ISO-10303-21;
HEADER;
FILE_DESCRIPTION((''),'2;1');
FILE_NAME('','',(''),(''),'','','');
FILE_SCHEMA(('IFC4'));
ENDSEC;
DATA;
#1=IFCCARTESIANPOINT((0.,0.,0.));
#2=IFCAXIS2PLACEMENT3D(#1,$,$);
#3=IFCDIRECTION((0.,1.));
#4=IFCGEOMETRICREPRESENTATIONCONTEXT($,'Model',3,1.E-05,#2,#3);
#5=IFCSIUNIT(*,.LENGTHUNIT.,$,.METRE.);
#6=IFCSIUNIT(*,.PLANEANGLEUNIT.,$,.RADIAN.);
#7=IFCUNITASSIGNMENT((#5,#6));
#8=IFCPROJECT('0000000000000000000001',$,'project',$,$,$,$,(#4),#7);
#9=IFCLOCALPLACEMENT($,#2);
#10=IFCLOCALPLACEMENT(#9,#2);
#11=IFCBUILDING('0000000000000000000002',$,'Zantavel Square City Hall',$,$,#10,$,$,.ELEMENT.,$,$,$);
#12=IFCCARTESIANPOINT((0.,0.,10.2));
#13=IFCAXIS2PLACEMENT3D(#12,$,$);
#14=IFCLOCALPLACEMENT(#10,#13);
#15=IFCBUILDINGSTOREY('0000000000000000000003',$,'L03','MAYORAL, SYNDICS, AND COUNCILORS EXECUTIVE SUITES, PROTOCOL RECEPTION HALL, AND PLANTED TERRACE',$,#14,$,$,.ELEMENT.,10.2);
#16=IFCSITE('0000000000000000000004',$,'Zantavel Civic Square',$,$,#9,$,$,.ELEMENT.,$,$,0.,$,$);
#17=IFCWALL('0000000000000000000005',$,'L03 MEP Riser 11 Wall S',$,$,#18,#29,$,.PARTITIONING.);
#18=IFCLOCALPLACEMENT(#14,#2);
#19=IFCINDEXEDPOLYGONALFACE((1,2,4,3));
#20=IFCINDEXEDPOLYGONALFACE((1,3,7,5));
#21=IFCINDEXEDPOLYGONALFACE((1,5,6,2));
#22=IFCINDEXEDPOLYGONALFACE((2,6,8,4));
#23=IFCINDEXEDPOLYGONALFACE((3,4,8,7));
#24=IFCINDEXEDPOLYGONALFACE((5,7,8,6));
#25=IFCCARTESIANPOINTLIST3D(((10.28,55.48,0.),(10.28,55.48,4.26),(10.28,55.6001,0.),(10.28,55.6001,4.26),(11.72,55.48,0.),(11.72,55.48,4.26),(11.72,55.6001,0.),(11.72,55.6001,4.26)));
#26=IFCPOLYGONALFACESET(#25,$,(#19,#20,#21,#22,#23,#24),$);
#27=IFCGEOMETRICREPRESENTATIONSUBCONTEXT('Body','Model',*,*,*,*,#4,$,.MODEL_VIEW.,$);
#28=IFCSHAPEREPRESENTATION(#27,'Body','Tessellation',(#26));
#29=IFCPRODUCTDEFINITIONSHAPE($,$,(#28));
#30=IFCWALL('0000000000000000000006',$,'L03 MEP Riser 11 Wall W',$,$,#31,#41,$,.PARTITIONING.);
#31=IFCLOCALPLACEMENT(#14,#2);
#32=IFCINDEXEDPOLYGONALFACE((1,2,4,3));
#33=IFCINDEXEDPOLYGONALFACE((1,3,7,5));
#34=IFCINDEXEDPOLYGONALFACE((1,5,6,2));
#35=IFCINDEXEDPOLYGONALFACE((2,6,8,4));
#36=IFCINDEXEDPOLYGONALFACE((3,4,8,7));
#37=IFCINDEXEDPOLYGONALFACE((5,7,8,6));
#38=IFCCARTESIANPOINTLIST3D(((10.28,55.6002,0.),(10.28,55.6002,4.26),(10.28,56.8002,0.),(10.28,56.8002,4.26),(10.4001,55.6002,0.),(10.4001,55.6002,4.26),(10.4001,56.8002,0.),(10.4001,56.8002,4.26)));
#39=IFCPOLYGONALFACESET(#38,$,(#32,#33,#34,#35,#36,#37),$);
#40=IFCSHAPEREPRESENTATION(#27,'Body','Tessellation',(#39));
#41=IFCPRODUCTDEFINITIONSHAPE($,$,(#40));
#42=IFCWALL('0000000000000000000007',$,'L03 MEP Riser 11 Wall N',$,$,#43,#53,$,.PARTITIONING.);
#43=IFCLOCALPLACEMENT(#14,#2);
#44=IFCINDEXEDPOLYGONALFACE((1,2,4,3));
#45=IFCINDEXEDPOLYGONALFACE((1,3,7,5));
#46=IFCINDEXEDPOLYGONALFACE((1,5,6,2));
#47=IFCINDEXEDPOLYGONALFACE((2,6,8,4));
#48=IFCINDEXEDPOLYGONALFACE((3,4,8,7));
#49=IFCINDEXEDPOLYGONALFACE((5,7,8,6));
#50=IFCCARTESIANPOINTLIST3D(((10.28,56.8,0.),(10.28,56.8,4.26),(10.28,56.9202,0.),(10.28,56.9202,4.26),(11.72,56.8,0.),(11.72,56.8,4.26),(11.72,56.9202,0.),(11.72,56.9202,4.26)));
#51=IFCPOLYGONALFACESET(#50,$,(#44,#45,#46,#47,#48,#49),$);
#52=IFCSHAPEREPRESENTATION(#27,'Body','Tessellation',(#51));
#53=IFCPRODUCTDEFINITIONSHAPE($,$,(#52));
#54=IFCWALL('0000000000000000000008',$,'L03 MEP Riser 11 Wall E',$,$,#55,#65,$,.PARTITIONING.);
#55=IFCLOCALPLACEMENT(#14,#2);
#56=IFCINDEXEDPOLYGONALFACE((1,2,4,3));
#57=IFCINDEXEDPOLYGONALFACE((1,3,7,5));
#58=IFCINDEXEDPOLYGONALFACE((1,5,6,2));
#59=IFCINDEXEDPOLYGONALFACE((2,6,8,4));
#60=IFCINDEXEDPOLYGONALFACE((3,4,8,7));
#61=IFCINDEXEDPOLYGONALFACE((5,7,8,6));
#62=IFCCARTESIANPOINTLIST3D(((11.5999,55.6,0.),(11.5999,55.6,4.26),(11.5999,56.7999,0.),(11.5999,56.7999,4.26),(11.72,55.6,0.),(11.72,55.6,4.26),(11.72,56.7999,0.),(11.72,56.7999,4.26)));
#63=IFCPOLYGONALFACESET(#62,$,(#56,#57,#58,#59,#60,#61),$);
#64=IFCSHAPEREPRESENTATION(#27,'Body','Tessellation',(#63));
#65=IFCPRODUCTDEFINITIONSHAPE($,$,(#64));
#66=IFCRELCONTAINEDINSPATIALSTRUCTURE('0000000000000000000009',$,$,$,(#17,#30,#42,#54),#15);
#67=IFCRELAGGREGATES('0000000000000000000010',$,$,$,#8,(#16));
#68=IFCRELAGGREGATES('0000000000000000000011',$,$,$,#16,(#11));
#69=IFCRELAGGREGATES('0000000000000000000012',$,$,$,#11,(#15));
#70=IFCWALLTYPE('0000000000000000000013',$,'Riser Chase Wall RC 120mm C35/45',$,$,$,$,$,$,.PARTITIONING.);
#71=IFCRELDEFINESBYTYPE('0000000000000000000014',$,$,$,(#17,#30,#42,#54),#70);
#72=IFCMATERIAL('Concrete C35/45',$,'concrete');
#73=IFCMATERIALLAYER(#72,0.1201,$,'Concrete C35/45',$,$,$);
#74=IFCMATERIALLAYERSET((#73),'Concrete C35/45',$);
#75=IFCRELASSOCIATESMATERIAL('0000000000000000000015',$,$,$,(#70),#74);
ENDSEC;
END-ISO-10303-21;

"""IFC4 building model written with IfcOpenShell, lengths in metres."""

from ifc_helpers import new_model, si_unit, direction, frame, frame_2d, origin, place, context, subcontext, project, spatial, rectangle, extrude, material, layer, layer_set, type_object, element, save


model = new_model("IFC4")

# Units and contexts
model_context = context("Model", 3, precision=1e-05, world=origin(), true_north=direction((0.0, 1.0)))
body_context = subcontext(model_context, "Body", "Model", "MODEL_VIEW")
ifc_project = project(units=[si_unit("LENGTHUNIT", "METRE"), si_unit("PLANEANGLEUNIT", "RADIAN")], contexts=[model_context])

# Site, building, storey
site_placement = place(None, origin())
site = spatial("IfcSite", under=ifc_project, at=site_placement, Name="Zantavel Civic Square", CompositionType="ELEMENT", RefElevation=0.0)
building_placement = place(site_placement, origin())
building = spatial("IfcBuilding", under=site, at=building_placement, Name="Zantavel Square City Hall", CompositionType="ELEMENT")
storey_placement = place(building_placement, frame((0.0, 0.0, 10.2)))
storey = spatial("IfcBuildingStorey", under=building, at=storey_placement, Name="L03", Description="MAYORAL, SYNDICS, AND COUNCILORS EXECUTIVE SUITES, PROTOCOL RECEPTION HALL, AND PLANTED TERRACE", CompositionType="ELEMENT", Elevation=10.2)

# Walls
ifc_material_1 = material(Name="Concrete C35/45", Category="concrete")
ifc_layer_1 = layer(ifc_material_1, 0.1201, Name="Concrete C35/45")
ifc_layer_set_1 = layer_set([ifc_layer_1], Name="Concrete C35/45")
wall_type_1 = type_object("IfcWallType", Name="Riser Chase Wall RC 120mm C35/45", PredefinedType="PARTITIONING", material=ifc_layer_set_1)
wall_1_placement = place(storey_placement, frame((11.72, 55.54, 0.0), z_axis=(0.0, 0.0, 1.0), x_axis=(-1.0, 0.0, 0.0)))
element("IfcWall", 1, at=wall_1_placement, inside=storey, type_object=wall_type_1, Name="L03 MEP Riser 11 Wall S", PredefinedType="PARTITIONING", context=body_context, shape_type="SweptSolid", body=[
    extrude(rectangle(XDim=1.4399, YDim=0.1201, at=frame_2d((0.72, 0.0))), origin(), (0.0, 0.0, 1.0), 4.26),
])
wall_2_placement = place(storey_placement, frame((10.3401, 55.6001, 0.0), z_axis=(0.0, 0.0, 1.0), x_axis=(0.0, 1.0, 0.0)))
element("IfcWall", 2, at=wall_2_placement, inside=storey, type_object=wall_type_1, Name="L03 MEP Riser 11 Wall W", PredefinedType="PARTITIONING", context=body_context, shape_type="SweptSolid", body=[
    extrude(rectangle(XDim=1.2, YDim=0.1201, at=frame_2d((0.6001, 0.0))), origin(), (0.0, 0.0, 1.0), 4.26),
])
wall_3_placement = place(storey_placement, frame((10.28, 56.8601, 0.0), z_axis=(0.0, 0.0, 1.0), x_axis=(1.0, 0.0, 0.0)))
element("IfcWall", 3, at=wall_3_placement, inside=storey, type_object=wall_type_1, Name="L03 MEP Riser 11 Wall N", PredefinedType="PARTITIONING", context=body_context, shape_type="SweptSolid", body=[
    extrude(rectangle(XDim=1.4399, YDim=0.1201, at=frame_2d((0.72, 0.0))), origin(), (0.0, 0.0, 1.0), 4.26),
])
wall_4_placement = place(storey_placement, frame((11.6599, 56.8, 0.0), z_axis=(0.0, 0.0, 1.0), x_axis=(0.0, -1.0, 0.0)))
element("IfcWall", 4, at=wall_4_placement, inside=storey, type_object=wall_type_1, Name="L03 MEP Riser 11 Wall E", PredefinedType="PARTITIONING", context=body_context, shape_type="SweptSolid", body=[
    extrude(rectangle(XDim=1.2, YDim=0.1201, at=frame_2d((0.6001, 0.0))), origin(), (0.0, 0.0, 1.0), 4.26),
])

save(model, "model.ifc")
